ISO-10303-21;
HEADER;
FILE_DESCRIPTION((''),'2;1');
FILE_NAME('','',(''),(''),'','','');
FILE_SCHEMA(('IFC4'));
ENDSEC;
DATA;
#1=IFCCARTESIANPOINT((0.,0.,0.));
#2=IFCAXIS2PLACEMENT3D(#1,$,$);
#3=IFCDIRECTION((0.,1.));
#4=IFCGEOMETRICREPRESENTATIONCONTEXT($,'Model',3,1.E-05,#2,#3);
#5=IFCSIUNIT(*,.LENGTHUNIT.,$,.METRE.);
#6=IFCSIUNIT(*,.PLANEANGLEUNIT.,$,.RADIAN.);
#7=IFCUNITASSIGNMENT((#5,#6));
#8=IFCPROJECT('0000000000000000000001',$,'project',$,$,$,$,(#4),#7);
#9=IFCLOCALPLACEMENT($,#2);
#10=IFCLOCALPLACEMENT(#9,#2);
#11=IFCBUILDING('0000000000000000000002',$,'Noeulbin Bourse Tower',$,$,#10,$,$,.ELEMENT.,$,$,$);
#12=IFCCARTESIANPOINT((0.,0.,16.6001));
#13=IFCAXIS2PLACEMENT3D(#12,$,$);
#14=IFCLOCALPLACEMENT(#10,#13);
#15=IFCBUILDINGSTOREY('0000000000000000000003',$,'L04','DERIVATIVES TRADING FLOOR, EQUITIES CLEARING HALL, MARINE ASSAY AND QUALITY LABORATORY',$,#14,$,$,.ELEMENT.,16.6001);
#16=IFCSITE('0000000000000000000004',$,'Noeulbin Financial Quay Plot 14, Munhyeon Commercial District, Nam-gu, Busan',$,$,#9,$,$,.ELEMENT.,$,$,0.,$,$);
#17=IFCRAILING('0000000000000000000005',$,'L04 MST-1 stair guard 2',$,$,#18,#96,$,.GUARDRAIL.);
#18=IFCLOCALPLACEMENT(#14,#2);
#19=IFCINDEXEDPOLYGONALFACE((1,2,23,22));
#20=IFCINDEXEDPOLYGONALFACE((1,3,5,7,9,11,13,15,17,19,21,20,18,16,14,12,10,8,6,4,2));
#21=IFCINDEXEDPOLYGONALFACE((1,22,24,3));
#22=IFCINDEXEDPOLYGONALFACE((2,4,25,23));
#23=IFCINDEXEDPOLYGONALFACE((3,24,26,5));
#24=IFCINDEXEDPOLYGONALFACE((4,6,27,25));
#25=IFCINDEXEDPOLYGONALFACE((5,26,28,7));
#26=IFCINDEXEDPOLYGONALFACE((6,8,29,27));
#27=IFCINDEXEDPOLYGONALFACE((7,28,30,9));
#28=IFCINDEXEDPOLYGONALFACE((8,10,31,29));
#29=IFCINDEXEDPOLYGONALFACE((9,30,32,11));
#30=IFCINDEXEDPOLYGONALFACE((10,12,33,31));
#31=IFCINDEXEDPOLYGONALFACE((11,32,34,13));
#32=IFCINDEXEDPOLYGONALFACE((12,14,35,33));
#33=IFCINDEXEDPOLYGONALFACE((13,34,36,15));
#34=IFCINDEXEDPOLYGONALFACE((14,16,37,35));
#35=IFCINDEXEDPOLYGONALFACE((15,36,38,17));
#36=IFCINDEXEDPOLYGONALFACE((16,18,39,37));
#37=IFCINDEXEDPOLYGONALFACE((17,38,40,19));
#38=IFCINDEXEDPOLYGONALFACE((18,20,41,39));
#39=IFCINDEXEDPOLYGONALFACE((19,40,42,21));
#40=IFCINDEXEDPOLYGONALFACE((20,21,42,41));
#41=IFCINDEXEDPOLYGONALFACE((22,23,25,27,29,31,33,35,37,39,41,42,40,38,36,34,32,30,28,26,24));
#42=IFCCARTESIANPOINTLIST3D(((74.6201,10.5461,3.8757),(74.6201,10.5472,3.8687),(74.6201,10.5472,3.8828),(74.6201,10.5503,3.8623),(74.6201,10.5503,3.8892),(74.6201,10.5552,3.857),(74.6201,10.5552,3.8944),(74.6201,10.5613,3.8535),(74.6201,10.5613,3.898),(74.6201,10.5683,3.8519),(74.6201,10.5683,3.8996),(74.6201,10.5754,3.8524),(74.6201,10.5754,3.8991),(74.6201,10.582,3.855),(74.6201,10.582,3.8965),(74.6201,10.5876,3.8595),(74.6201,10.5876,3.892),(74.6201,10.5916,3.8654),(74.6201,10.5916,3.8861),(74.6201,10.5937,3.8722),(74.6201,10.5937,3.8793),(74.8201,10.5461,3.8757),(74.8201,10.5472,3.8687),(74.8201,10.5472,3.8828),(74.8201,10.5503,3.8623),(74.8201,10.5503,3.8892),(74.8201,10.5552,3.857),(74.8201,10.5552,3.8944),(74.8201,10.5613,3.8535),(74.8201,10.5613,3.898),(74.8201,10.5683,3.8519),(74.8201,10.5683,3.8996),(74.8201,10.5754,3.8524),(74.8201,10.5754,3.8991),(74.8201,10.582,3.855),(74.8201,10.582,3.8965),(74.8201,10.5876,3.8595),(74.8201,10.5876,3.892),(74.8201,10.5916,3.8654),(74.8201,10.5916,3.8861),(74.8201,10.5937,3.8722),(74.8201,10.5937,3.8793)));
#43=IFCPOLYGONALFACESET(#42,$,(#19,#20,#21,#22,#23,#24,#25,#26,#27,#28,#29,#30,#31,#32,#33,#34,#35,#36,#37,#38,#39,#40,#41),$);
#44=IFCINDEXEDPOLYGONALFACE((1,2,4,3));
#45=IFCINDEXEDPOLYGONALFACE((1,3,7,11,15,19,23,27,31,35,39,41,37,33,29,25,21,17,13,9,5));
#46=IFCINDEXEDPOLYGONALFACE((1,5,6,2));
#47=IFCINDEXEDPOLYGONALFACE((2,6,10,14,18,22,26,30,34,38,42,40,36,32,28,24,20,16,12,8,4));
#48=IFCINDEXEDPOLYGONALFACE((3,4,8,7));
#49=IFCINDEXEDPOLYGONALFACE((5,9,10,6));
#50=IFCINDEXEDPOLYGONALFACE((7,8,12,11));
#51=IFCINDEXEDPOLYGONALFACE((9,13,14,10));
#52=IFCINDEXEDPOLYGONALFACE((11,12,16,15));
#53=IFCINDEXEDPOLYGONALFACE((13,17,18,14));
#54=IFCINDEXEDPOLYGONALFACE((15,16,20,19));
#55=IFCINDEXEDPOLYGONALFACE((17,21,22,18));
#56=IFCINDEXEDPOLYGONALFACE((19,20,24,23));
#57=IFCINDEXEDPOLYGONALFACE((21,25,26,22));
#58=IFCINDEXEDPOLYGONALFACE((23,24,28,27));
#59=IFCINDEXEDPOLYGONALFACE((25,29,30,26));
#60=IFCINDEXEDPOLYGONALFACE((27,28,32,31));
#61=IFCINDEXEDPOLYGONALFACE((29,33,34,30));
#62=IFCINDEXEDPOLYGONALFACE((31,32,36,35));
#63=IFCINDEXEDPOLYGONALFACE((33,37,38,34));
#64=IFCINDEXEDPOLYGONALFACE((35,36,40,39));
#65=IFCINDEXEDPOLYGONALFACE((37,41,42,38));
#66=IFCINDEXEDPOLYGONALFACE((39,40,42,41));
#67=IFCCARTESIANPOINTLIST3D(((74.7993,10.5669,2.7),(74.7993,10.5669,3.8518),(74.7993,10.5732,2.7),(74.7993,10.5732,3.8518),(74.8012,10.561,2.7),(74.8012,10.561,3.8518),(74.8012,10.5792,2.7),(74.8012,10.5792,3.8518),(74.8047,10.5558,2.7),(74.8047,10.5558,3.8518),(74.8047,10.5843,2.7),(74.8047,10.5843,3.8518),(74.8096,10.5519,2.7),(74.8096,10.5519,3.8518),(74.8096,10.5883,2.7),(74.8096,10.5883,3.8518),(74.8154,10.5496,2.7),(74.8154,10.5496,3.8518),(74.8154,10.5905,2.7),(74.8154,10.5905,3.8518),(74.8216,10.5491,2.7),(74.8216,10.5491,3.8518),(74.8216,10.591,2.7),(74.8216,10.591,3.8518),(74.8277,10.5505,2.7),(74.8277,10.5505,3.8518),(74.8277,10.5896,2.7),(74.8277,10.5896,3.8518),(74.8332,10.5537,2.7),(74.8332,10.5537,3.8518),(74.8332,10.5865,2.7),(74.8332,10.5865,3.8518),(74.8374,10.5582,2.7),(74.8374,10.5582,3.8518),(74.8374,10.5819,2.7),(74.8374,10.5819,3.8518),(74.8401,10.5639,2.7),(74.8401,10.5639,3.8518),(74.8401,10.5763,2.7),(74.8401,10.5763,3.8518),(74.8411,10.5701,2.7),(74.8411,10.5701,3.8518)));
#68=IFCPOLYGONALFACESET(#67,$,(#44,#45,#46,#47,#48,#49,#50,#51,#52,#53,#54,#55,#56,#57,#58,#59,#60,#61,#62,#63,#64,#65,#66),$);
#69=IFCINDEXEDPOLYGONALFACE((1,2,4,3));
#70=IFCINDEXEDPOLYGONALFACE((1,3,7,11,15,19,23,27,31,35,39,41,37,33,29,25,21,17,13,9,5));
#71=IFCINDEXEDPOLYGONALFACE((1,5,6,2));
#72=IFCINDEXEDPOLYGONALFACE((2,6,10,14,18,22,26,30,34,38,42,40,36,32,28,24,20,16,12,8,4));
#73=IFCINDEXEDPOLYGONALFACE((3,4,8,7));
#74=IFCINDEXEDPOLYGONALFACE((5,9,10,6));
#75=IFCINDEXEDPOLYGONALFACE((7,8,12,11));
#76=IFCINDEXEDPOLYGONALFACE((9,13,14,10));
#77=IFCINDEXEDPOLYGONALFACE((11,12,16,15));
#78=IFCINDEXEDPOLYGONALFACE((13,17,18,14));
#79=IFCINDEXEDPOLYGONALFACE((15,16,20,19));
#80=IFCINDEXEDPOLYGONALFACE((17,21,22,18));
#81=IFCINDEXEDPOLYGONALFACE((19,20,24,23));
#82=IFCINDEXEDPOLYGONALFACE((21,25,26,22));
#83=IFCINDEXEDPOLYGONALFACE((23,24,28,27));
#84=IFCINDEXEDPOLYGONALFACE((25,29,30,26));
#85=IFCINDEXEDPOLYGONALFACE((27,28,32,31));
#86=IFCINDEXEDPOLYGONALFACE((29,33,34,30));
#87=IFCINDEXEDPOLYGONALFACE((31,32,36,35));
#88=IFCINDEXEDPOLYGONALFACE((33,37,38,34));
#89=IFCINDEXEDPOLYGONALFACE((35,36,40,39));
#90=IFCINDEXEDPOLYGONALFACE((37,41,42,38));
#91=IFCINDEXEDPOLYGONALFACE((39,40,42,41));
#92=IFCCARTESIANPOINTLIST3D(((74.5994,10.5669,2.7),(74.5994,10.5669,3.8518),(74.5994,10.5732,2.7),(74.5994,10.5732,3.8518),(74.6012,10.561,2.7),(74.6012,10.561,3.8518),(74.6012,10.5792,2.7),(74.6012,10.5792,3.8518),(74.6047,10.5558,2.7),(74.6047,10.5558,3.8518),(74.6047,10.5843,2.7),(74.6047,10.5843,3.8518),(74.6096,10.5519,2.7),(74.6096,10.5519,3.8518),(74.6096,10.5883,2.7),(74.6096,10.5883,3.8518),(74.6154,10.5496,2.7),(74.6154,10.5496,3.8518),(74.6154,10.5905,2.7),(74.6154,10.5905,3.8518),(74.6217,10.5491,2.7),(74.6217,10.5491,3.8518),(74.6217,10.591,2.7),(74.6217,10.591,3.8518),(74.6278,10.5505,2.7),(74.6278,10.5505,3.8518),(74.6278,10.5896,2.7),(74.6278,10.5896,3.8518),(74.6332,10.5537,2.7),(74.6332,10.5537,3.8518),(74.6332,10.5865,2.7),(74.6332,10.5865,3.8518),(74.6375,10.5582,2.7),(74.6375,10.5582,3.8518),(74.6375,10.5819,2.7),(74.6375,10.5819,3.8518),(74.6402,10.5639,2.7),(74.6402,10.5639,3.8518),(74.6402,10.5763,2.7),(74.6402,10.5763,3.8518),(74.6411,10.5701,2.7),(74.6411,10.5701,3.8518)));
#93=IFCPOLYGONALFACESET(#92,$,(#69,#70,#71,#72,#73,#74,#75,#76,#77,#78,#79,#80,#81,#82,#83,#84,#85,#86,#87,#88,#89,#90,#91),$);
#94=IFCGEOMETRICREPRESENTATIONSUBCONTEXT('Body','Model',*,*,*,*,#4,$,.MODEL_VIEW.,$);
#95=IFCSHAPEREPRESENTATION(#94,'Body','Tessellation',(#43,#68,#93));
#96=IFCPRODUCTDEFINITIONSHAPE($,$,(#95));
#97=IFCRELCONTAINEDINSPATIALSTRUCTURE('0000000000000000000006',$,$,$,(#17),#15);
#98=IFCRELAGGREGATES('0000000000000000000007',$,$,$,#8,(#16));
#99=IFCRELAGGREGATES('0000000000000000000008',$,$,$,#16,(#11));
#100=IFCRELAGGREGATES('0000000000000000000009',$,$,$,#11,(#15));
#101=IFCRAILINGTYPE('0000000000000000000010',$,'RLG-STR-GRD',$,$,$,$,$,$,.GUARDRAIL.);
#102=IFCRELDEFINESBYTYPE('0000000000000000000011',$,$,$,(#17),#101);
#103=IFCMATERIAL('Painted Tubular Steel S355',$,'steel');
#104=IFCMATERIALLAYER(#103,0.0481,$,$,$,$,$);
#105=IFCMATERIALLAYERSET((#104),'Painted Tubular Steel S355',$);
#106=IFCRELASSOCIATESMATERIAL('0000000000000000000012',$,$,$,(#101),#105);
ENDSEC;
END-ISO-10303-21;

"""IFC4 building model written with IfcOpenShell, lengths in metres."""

from ifc_helpers import new_model, si_unit, direction, frame, origin, origin_2d, place, context, subcontext, project, spatial, circle, extrude, material, layer, layer_set, type_object, element, save


model = new_model("IFC4")

# Units and contexts
model_context = context("Model", 3, precision=1e-05, world=origin(), true_north=direction((0.0, 1.0)))
body_context = subcontext(model_context, "Body", "Model", "MODEL_VIEW")
ifc_project = project(units=[si_unit("LENGTHUNIT", "METRE"), si_unit("PLANEANGLEUNIT", "RADIAN")], contexts=[model_context])

# Site, building, storey
site_placement = place(None, origin())
site = spatial("IfcSite", under=ifc_project, at=site_placement, Name="Noeulbin Financial Quay Plot 14, Munhyeon Commercial District, Nam-gu, Busan", CompositionType="ELEMENT", RefElevation=0.0)
building_placement = place(site_placement, origin())
building = spatial("IfcBuilding", under=site, at=building_placement, Name="Noeulbin Bourse Tower", CompositionType="ELEMENT")
storey_placement = place(building_placement, frame((0.0, 0.0, 16.6001)))
storey = spatial("IfcBuildingStorey", under=building, at=storey_placement, Name="L04", Description="DERIVATIVES TRADING FLOOR, EQUITIES CLEARING HALL, MARINE ASSAY AND QUALITY LABORATORY", CompositionType="ELEMENT", Elevation=16.6001)

# Railing
ifc_material_1 = material(Name="Painted Tubular Steel S355", Category="steel")
ifc_layer_1 = layer(ifc_material_1, 0.0481)
ifc_layer_set_1 = layer_set([ifc_layer_1], Name="Painted Tubular Steel S355")
railing_type_1 = type_object("IfcRailingType", Name="RLG-STR-GRD", PredefinedType="GUARDRAIL", material=ifc_layer_set_1)
railing_1_placement = place(storey_placement, frame((74.8201, 10.5701, 2.7)))
element("IfcRailing", 1, at=railing_1_placement, inside=storey, type_object=railing_type_1, Name="L04 MST-1 stair guard 2", PredefinedType="GUARDRAIL", context=body_context, shape_type="SweptSolid", body=[
    extrude(circle(Radius=0.0239, at=origin_2d()), frame((0.0, 0.0, 1.1758), z_axis=(-1.0, 0.0, 0.0), x_axis=(0.0, -1.0, 0.0)), (0.0, 0.0, 1.0), 0.2),
    extrude(circle(Radius=0.021, at=origin_2d()), origin(), (0.0, 0.0, 1.0), 1.1519),
    extrude(circle(Radius=0.021, at=origin_2d()), frame((-0.2, 0.0, 0.0)), (0.0, 0.0, 1.0), 1.1519),
])

save(model, "model.ifc")
